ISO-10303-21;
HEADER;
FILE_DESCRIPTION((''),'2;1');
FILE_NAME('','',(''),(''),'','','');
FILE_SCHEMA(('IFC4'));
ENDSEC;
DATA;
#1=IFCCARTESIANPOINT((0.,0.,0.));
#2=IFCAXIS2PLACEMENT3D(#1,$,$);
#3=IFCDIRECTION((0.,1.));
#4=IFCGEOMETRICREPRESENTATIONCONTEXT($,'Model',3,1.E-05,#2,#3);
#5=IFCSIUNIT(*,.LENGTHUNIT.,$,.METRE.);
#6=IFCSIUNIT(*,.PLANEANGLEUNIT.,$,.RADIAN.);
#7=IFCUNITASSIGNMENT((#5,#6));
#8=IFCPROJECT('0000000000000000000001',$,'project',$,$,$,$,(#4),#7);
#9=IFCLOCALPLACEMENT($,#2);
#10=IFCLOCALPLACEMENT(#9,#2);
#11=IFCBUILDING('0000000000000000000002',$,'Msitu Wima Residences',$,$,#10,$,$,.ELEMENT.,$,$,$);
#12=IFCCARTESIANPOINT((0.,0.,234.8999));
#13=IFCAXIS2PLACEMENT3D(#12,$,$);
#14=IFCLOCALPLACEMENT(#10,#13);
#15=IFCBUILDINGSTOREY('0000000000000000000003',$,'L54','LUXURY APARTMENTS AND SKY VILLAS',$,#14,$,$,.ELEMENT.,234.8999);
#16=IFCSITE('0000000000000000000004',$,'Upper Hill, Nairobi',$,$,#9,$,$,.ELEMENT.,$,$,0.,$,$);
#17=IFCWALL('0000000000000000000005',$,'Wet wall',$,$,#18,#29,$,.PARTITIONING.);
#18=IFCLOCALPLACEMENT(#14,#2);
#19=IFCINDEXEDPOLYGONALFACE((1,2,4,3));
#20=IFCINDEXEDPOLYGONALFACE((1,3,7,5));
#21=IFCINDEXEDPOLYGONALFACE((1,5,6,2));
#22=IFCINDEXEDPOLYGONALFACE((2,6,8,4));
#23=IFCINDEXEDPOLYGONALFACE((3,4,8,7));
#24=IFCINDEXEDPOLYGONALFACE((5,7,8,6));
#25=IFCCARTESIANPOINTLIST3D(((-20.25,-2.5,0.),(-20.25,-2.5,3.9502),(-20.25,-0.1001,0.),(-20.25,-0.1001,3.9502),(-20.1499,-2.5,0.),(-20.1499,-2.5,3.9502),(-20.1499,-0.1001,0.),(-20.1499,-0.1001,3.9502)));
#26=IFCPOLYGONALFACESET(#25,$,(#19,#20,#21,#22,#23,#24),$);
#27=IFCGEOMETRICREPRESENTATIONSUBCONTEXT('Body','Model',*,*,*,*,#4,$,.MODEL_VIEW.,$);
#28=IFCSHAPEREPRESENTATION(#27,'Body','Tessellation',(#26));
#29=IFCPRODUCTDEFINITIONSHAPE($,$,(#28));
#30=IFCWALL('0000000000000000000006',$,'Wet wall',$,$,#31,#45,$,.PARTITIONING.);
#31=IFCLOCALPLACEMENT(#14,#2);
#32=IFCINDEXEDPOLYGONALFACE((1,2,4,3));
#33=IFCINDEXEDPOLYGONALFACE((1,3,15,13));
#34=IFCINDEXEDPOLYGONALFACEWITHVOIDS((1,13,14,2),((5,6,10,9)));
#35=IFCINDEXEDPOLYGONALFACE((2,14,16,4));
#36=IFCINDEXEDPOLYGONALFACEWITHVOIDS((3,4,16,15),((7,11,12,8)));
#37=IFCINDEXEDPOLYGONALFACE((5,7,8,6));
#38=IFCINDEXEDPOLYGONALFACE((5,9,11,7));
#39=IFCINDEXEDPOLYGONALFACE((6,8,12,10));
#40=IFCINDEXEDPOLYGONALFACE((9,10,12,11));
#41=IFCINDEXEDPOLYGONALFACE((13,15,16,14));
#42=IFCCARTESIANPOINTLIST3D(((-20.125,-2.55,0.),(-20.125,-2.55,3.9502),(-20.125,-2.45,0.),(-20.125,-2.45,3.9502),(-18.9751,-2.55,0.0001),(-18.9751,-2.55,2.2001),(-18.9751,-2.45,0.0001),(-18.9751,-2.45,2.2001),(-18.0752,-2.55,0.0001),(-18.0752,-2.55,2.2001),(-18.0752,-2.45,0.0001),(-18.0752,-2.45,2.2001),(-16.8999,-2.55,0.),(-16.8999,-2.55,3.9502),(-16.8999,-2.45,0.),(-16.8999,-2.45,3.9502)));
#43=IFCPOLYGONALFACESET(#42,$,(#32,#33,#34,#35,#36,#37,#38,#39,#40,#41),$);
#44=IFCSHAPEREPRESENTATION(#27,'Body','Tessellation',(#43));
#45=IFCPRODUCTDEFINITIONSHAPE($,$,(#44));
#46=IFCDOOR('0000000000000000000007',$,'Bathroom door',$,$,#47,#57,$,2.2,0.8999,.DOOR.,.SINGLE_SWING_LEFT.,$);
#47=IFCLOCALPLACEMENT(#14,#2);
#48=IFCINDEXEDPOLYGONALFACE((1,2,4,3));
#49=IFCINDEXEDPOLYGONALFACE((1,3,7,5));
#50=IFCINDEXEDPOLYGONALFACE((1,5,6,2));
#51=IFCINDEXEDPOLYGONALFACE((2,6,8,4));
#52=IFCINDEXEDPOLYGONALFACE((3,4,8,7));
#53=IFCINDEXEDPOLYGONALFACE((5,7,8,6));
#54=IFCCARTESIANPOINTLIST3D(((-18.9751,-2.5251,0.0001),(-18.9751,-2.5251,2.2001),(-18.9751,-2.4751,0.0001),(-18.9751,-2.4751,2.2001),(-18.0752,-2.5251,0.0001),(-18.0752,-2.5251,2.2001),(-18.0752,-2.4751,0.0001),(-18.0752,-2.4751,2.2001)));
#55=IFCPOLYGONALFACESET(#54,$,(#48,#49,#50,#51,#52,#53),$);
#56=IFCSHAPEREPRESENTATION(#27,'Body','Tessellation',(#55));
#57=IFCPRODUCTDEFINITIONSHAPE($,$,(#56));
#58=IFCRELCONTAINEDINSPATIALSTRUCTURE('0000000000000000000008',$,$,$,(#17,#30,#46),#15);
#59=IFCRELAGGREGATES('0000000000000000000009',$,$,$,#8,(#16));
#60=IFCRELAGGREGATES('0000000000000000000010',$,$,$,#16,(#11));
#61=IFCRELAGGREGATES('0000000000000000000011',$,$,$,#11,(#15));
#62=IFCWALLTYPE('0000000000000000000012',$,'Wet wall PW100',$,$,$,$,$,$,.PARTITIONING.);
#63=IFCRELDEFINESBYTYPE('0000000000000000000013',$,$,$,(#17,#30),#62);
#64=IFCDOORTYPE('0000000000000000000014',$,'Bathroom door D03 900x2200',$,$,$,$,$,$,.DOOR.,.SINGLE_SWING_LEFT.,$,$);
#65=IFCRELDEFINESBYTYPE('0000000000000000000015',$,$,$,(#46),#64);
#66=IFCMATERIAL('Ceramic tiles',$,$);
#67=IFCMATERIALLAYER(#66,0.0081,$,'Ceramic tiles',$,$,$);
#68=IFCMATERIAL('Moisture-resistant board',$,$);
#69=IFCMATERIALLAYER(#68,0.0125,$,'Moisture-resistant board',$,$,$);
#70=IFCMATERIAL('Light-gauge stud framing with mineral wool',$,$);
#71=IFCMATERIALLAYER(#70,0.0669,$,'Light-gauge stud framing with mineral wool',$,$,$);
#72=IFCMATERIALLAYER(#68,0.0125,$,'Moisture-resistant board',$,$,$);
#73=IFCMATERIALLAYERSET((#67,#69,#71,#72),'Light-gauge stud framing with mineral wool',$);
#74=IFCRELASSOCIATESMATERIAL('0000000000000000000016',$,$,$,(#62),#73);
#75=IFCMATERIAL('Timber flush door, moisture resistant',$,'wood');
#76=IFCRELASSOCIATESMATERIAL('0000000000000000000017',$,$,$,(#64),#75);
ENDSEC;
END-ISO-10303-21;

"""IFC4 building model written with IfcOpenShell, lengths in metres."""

from ifc_helpers import new_model, si_unit, direction, frame, frame_2d, origin, place, context, subcontext, project, spatial, rectangle, extrude, material, layer, layer_set, type_object, element, fill, save


model = new_model("IFC4")

# Units and contexts
model_context = context("Model", 3, precision=1e-05, world=origin(), true_north=direction((0.0, 1.0)))
body_context = subcontext(model_context, "Body", "Model", "MODEL_VIEW")
ifc_project = project(units=[si_unit("LENGTHUNIT", "METRE"), si_unit("PLANEANGLEUNIT", "RADIAN")], contexts=[model_context])

# Site, building, storey
site_placement = place(None, origin())
site = spatial("IfcSite", under=ifc_project, at=site_placement, Name="Upper Hill, Nairobi", CompositionType="ELEMENT", RefElevation=0.0)
building_placement = place(site_placement, origin())
building = spatial("IfcBuilding", under=site, at=building_placement, Name="Msitu Wima Residences", CompositionType="ELEMENT")
storey_placement = place(building_placement, frame((0.0, 0.0, 234.8999)))
storey = spatial("IfcBuildingStorey", under=building, at=storey_placement, Name="L54", Description="LUXURY APARTMENTS AND SKY VILLAS", CompositionType="ELEMENT", Elevation=234.8999)

# Wall
ifc_material_1 = material(Name="Ceramic tiles")
ifc_layer_1 = layer(ifc_material_1, 0.0081, Name="Ceramic tiles")
ifc_material_2 = material(Name="Moisture-resistant board")
ifc_layer_2 = layer(ifc_material_2, 0.0125, Name="Moisture-resistant board")
ifc_material_3 = material(Name="Light-gauge stud framing with mineral wool")
ifc_layer_3 = layer(ifc_material_3, 0.0669, Name="Light-gauge stud framing with mineral wool")
ifc_layer_4 = layer(ifc_material_2, 0.0125, Name="Moisture-resistant board")
ifc_layer_set_1 = layer_set([ifc_layer_1, ifc_layer_2, ifc_layer_3, ifc_layer_4], Name="Light-gauge stud framing with mineral wool")
wall_type_1 = type_object("IfcWallType", Name="Wet wall PW100", PredefinedType="PARTITIONING", material=ifc_layer_set_1)
wall_1_placement = place(storey_placement, frame((-20.2, -2.5, 0.0), z_axis=(0.0, 0.0, 1.0), x_axis=(0.0, 1.0, 0.0)))
element("IfcWall", 1, at=wall_1_placement, inside=storey, type_object=wall_type_1, Name="Wet wall", PredefinedType="PARTITIONING", context=body_context, shape_type="SweptSolid", body=[
    extrude(rectangle(XDim=2.3999, YDim=0.1001, at=frame_2d((1.2, 0.0))), origin(), (0.0, 0.0, 1.0), 3.9502),
])

# Wall, opening, door
wall_2_placement = place(storey_placement, frame((-20.125, -2.5, 0.0), z_axis=(0.0, 0.0, 1.0), x_axis=(1.0, 0.0, 0.0)))
wall_2 = element("IfcWall", 2, at=wall_2_placement, inside=storey, type_object=wall_type_1, Name="Wet wall", PredefinedType="PARTITIONING", context=body_context, shape_type="SweptSolid", body=[
    extrude(rectangle(XDim=3.2251, YDim=0.1001, at=frame_2d((1.6125, 0.0))), origin(), (0.0, 0.0, 1.0), 3.9502),
])
opening_1_placement = place(wall_2_placement, frame((1.1499, 0.0, 0.0)))
opening_1 = element("IfcOpeningElement", 3, at=opening_1_placement, cuts=wall_2, PredefinedType="OPENING", context=body_context, shape_type="SweptSolid", body=[
    extrude(rectangle(XDim=0.8999, YDim=2.2, at=frame_2d((0.45, 1.1001))), frame((0.0, 0.0601, 0.0), z_axis=(0.0, -1.0, 0.0), x_axis=(1.0, 0.0, 0.0)), (0.0, 0.0, 1.0), 0.1201),
])
ifc_material_4 = material(Name="Timber flush door, moisture resistant", Category="wood")
door_type_1 = type_object("IfcDoorType", Name="Bathroom door D03 900x2200", OperationType="SINGLE_SWING_LEFT", PredefinedType="DOOR", material=ifc_material_4)
door_1_placement = place(opening_1_placement, origin())
door_1 = element("IfcDoor", 4, at=door_1_placement, inside=storey, type_object=door_type_1, Name="Bathroom door", OperationType="SINGLE_SWING_LEFT", OverallHeight=2.2, OverallWidth=0.8999, PredefinedType="DOOR", context=body_context, shape_type="SweptSolid", body=[
    extrude(rectangle(XDim=0.8999, YDim=2.2, at=frame_2d((0.45, 1.1001))), frame((0.0, 0.0249, 0.0), z_axis=(0.0, -1.0, 0.0), x_axis=(1.0, 0.0, 0.0)), (0.0, 0.0, 1.0), 0.05),
])
fill(opening_1, door_1)

save(model, "model.ifc")
